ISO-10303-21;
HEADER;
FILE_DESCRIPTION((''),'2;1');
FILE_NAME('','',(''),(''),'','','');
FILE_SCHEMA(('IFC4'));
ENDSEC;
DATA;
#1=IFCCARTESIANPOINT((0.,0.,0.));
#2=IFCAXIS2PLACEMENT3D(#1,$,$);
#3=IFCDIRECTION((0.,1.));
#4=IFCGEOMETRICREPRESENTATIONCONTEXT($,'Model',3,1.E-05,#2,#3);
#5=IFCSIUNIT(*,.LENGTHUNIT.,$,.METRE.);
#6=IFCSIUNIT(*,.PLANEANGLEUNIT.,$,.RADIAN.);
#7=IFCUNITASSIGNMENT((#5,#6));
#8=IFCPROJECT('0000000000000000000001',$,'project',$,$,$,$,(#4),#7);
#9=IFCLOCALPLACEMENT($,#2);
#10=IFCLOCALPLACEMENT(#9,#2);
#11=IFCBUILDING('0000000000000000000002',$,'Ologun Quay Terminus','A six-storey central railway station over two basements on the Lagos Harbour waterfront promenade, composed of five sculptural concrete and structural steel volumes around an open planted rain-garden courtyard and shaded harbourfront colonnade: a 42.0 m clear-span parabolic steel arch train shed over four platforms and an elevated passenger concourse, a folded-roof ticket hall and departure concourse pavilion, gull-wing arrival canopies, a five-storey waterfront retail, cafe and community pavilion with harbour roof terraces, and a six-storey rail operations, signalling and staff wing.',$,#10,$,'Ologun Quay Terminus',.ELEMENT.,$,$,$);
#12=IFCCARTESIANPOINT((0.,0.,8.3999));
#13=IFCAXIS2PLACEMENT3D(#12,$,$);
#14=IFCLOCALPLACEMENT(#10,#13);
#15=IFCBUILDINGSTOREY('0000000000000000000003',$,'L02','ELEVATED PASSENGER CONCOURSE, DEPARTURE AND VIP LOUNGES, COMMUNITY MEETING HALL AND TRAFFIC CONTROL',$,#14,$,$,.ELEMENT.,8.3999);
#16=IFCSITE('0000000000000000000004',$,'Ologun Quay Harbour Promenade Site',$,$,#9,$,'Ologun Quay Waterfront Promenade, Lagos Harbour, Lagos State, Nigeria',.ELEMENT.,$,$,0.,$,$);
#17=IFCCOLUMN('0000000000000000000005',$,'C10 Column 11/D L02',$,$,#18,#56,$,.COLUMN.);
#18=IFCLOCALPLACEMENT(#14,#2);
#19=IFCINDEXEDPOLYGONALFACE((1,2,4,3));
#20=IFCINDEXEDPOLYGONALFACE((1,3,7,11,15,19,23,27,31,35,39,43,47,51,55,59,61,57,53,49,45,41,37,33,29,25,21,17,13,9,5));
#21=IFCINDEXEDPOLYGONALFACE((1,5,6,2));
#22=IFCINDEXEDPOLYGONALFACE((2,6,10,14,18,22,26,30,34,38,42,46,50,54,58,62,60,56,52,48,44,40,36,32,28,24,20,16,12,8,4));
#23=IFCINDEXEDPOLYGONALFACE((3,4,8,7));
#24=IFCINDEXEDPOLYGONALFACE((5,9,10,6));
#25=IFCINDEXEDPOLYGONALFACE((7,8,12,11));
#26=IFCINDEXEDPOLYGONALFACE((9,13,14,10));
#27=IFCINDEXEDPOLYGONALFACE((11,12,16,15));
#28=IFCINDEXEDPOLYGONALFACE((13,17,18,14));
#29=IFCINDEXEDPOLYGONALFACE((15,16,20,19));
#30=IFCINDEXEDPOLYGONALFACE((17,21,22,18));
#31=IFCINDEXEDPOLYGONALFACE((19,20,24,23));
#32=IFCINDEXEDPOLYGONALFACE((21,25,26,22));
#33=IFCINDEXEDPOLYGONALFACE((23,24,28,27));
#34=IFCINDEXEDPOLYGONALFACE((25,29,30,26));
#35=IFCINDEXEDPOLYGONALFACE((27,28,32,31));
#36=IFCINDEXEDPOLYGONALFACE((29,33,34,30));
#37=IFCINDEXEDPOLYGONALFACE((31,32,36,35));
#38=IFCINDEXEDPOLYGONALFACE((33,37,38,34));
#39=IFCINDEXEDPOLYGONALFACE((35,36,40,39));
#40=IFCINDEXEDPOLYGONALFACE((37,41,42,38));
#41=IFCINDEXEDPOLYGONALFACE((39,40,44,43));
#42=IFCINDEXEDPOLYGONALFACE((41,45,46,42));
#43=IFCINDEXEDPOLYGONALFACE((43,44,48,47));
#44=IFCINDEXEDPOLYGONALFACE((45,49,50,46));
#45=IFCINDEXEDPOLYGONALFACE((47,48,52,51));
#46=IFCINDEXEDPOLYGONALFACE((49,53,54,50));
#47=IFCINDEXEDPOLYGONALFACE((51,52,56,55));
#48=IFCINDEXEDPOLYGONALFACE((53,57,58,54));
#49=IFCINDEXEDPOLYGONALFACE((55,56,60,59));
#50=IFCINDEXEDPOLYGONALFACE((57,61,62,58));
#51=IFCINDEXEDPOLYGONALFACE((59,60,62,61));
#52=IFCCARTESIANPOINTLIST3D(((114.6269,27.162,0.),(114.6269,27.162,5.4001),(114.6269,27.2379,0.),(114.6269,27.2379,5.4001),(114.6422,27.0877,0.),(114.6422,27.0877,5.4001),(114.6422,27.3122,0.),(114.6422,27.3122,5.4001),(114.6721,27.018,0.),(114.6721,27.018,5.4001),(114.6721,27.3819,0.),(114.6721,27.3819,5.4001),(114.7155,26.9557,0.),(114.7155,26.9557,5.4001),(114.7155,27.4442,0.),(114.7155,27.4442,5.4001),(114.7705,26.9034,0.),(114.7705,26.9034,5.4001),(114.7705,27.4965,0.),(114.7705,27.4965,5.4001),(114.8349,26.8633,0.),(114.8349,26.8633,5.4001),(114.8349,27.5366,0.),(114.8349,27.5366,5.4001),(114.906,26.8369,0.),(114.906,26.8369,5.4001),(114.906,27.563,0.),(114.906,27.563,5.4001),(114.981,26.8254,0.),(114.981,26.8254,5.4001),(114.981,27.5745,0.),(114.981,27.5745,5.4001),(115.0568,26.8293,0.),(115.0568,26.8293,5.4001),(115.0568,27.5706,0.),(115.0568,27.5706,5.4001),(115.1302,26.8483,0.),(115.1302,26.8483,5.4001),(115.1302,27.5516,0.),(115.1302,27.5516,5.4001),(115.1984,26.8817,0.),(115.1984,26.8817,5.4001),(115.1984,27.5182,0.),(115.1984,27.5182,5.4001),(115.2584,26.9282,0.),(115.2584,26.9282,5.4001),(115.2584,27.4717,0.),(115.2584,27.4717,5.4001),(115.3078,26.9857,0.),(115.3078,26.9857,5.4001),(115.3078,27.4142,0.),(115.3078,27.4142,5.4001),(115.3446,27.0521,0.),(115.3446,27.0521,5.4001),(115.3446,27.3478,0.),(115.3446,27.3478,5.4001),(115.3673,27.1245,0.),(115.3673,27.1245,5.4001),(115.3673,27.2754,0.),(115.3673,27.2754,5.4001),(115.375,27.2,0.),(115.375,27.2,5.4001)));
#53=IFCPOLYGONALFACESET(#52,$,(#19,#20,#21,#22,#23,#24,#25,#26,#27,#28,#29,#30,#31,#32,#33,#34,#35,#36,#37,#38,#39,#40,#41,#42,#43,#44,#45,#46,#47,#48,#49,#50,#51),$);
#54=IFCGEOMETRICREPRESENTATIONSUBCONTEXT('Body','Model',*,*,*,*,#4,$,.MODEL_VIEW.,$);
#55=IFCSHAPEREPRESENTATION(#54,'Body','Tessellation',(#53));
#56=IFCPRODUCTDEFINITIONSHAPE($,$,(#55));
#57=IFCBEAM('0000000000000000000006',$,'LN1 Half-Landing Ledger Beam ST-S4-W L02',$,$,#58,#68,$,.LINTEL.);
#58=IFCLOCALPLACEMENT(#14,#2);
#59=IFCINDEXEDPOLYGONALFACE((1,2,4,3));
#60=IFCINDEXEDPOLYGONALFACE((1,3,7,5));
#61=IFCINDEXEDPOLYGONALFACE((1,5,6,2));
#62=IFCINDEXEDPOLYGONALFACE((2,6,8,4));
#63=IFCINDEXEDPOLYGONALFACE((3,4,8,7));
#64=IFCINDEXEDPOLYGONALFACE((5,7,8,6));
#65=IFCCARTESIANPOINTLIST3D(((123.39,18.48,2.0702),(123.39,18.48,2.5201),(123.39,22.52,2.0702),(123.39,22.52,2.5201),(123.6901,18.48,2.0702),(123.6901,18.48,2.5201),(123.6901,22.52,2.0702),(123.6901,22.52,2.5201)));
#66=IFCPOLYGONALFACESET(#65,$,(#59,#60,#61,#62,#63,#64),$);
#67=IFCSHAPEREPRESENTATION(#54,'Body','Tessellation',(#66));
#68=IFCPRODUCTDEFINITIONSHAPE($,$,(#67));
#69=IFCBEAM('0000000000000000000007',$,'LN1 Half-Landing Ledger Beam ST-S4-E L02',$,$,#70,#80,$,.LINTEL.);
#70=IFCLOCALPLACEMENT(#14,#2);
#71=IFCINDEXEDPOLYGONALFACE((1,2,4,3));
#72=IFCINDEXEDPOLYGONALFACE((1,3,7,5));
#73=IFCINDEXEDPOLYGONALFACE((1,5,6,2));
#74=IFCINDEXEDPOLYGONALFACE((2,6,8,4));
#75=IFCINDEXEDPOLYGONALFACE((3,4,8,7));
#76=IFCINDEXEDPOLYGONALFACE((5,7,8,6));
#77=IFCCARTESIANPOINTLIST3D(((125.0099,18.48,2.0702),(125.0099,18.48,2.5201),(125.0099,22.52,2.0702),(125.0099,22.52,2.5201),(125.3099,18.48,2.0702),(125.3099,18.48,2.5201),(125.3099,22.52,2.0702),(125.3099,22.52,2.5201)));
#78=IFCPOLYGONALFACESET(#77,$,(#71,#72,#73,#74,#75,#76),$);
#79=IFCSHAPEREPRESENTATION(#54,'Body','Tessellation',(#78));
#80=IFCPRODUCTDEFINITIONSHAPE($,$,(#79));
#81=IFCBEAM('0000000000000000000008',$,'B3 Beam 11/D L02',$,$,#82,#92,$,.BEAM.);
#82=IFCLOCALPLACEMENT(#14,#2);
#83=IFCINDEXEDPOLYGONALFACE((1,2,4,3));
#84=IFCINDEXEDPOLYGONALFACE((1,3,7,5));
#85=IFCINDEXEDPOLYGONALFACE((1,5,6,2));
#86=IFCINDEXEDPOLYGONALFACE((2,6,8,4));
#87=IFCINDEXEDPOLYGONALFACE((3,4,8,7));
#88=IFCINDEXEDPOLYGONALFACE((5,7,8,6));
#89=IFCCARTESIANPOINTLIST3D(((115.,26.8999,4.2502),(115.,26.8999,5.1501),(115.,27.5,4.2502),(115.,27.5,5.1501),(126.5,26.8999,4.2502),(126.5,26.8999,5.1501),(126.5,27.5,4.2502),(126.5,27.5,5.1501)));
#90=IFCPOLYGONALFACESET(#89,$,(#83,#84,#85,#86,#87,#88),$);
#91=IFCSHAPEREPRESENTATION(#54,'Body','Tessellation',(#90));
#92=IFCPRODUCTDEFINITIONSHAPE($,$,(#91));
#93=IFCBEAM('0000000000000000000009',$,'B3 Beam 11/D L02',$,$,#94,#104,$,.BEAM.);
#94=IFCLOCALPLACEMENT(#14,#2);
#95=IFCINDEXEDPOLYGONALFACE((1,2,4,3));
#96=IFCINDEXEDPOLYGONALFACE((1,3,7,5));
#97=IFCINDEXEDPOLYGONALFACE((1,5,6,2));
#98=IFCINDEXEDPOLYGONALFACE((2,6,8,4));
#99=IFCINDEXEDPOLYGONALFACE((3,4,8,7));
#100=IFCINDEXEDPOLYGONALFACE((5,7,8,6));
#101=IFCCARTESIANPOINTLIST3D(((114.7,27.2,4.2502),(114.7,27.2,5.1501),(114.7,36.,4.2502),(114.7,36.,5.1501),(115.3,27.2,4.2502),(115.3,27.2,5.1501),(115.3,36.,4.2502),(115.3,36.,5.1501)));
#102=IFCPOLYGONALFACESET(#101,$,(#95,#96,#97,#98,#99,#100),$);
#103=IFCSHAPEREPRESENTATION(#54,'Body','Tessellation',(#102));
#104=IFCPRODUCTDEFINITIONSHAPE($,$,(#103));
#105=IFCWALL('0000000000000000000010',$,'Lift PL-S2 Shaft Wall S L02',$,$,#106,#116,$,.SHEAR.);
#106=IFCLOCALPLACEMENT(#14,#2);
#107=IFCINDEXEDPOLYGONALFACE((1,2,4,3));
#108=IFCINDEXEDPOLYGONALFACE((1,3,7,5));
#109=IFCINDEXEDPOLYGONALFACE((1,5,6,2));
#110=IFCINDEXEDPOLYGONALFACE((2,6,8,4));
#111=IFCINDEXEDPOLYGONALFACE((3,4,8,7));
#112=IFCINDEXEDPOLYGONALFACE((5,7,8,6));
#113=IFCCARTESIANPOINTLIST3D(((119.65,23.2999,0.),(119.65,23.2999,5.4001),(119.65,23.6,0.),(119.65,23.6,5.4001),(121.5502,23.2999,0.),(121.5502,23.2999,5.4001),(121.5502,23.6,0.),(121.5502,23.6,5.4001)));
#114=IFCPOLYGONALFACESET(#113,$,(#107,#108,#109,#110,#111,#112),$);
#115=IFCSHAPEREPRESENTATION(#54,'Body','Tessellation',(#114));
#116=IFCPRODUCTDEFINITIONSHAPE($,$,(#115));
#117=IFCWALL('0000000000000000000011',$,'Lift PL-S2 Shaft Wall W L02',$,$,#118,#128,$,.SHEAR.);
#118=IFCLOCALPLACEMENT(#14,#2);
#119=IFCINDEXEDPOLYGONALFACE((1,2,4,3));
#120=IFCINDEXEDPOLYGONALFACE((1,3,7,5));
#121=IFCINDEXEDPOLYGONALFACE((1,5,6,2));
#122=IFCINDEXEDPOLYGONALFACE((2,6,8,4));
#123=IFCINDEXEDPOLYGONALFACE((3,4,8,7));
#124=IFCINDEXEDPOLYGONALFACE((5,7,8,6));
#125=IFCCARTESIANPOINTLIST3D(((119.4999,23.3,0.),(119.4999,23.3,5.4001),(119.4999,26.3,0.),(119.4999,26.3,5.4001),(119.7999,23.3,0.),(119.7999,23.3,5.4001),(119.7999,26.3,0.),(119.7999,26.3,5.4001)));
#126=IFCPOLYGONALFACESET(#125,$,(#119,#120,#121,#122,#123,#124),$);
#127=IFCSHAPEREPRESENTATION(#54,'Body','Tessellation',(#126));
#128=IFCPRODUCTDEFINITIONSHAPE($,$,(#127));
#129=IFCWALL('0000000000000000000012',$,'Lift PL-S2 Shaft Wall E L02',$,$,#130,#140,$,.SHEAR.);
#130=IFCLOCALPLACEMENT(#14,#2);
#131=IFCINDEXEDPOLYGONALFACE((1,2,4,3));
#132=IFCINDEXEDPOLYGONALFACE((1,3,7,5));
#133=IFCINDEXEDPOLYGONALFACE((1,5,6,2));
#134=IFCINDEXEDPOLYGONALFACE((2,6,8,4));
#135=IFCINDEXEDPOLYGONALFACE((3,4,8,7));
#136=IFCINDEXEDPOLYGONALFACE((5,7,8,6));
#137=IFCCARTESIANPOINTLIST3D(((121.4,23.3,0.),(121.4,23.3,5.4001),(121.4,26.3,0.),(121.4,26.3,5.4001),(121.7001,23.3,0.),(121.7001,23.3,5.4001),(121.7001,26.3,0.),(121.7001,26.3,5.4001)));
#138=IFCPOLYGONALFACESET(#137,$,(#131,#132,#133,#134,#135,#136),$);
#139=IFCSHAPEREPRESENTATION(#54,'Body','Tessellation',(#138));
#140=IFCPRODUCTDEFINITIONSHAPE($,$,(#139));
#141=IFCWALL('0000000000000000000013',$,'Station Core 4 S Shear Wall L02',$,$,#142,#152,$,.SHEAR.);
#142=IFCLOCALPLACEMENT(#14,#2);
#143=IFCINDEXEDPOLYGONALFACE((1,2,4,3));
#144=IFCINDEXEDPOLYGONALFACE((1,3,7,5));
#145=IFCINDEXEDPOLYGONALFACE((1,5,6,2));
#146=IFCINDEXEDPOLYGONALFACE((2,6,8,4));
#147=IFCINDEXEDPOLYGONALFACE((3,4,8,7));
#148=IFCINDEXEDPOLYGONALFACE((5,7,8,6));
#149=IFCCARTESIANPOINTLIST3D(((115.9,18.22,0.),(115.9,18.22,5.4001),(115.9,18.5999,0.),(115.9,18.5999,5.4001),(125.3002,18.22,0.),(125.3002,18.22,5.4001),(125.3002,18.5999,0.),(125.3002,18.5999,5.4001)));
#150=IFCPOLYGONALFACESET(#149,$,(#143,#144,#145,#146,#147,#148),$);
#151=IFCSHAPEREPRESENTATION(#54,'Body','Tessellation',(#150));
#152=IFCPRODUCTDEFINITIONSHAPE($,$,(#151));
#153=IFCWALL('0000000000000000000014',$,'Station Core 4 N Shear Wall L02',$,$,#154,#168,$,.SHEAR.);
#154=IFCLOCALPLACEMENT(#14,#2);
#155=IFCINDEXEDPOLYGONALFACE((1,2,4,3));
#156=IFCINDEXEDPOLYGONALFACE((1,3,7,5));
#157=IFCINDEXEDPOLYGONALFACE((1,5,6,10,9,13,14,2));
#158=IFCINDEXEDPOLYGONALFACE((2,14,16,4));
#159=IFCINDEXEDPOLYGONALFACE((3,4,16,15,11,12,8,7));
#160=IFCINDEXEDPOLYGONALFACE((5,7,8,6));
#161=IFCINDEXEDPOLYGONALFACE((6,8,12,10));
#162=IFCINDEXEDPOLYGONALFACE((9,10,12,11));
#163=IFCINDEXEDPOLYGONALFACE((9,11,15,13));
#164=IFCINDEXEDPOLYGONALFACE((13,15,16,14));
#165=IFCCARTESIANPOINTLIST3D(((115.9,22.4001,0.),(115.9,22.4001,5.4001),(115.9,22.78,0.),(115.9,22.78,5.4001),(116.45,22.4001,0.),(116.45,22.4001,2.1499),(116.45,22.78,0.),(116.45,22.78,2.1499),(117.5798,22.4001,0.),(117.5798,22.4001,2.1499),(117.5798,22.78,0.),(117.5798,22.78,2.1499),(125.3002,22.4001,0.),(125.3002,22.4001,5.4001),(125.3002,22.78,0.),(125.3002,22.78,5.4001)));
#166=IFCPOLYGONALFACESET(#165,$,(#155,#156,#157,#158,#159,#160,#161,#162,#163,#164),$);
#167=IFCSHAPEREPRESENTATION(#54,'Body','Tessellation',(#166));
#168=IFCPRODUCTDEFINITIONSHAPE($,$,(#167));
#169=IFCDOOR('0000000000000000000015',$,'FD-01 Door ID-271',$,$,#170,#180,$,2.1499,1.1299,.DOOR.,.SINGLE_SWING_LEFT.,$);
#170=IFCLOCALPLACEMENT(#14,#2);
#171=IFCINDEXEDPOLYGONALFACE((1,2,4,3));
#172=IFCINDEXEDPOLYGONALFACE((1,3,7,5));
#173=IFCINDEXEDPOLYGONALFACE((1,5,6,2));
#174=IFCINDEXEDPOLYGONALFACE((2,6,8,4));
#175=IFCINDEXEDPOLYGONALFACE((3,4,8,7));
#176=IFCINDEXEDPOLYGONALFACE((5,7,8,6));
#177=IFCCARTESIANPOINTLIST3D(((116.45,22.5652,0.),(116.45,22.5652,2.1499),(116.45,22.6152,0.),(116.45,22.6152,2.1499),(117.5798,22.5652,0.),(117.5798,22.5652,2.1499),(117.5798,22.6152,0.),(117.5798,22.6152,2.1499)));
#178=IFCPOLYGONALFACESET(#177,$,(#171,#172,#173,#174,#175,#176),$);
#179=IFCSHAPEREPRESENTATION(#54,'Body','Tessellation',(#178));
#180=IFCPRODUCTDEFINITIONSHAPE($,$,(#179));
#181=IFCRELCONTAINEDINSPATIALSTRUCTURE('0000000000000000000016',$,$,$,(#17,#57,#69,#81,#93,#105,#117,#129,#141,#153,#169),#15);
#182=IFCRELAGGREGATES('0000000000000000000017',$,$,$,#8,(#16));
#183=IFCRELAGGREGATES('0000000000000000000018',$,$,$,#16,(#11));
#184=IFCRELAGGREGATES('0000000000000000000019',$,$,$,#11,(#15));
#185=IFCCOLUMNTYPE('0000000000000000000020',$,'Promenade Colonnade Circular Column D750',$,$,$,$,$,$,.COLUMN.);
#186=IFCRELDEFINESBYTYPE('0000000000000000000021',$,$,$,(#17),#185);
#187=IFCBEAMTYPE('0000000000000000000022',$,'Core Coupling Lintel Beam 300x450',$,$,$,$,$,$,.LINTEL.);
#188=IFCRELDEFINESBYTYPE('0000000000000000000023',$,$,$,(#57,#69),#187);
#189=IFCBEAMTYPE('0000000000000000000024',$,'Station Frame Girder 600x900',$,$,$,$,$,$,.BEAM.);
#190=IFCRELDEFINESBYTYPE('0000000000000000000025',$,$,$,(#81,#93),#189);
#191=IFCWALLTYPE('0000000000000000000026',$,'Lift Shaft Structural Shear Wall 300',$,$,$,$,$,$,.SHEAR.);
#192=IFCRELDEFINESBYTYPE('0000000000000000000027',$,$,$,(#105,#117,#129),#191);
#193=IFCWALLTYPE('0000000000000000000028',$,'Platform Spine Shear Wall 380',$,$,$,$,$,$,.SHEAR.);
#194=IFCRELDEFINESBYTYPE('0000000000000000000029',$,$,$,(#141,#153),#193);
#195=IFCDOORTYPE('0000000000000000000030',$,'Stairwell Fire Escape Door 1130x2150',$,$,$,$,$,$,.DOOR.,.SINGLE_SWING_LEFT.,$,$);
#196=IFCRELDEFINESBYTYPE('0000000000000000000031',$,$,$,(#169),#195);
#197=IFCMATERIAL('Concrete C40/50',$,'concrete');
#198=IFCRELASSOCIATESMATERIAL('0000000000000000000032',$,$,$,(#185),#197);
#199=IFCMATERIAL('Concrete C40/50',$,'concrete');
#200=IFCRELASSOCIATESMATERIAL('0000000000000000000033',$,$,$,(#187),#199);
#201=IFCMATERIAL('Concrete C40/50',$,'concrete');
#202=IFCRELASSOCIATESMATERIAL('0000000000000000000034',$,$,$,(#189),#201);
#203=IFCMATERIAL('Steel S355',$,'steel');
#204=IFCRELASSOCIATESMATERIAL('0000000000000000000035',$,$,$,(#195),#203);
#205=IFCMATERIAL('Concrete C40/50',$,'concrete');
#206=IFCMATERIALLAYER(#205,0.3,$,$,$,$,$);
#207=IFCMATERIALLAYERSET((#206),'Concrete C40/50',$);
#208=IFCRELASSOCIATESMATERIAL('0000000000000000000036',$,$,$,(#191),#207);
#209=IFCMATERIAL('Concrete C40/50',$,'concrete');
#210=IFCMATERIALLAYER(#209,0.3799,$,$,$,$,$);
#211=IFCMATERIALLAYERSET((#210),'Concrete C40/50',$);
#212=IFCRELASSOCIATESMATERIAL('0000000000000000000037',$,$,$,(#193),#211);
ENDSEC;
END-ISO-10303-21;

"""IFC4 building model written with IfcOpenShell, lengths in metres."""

from ifc_helpers import new_model, si_unit, direction, frame, frame_2d, origin, origin_2d, place, context, subcontext, project, spatial, rectangle, circle, extrude, material, layer, layer_set, material_profile, profile_set, type_object, element, fill, save


model = new_model("IFC4")

# Units and contexts
model_context = context("Model", 3, precision=1e-05, world=origin(), true_north=direction((0.0, 1.0)))
body_context = subcontext(model_context, "Body", "Model", "MODEL_VIEW")
ifc_project = project(units=[si_unit("LENGTHUNIT", "METRE"), si_unit("PLANEANGLEUNIT", "RADIAN")], contexts=[model_context])

# Site, building, storey
site_placement = place(None, origin())
site = spatial("IfcSite", under=ifc_project, at=site_placement, Name="Ologun Quay Harbour Promenade Site", LongName="Ologun Quay Waterfront Promenade, Lagos Harbour, Lagos State, Nigeria", CompositionType="ELEMENT", RefElevation=0.0)
building_placement = place(site_placement, origin())
building = spatial("IfcBuilding", under=site, at=building_placement, Name="Ologun Quay Terminus", Description="A six-storey central railway station over two basements on the Lagos Harbour waterfront promenade, composed of five sculptural concrete and structural steel volumes around an open planted rain-garden courtyard and shaded harbourfront colonnade: a 42.0 m clear-span parabolic steel arch train shed over four platforms and an elevated passenger concourse, a folded-roof ticket hall and departure concourse pavilion, gull-wing arrival canopies, a five-storey waterfront retail, cafe and community pavilion with harbour roof terraces, and a six-storey rail operations, signalling and staff wing.", LongName="Ologun Quay Terminus", CompositionType="ELEMENT")
storey_placement = place(building_placement, frame((0.0, 0.0, 8.3999)))
storey = spatial("IfcBuildingStorey", under=building, at=storey_placement, Name="L02", Description="ELEVATED PASSENGER CONCOURSE, DEPARTURE AND VIP LOUNGES, COMMUNITY MEETING HALL AND TRAFFIC CONTROL", CompositionType="ELEMENT", Elevation=8.3999)

# Column
ifc_material_1 = material(Name="Concrete C40/50", Category="concrete")
ifc_material_profile_1 = material_profile(ifc_material_1, circle(Radius=0.375, at=origin_2d()), Name="RC D750")
ifc_profile_set_1 = profile_set([ifc_material_profile_1], Name="Concrete C40/50")
column_type = type_object("IfcColumnType", Name="Promenade Colonnade Circular Column D750", PredefinedType="COLUMN", material=ifc_profile_set_1)
column_placement = place(storey_placement, frame((115.0, 27.2, 0.0), z_axis=(0.0, 0.0, 1.0), x_axis=(1.0, 0.0, 0.0)))
element("IfcColumn", 1, at=column_placement, inside=storey, type_object=column_type, Name="C10 Column 11/D L02", PredefinedType="COLUMN", context=body_context, shape_type="SweptSolid", body=[
    extrude(circle(Radius=0.375, at=origin_2d()), origin(), (0.0, 0.0, 1.0), 5.4001),
])

# Beams
ifc_material_2 = material(Name="Concrete C40/50", Category="concrete")
ifc_material_profile_2 = material_profile(ifc_material_2, rectangle(XDim=0.3, YDim=0.45, at=origin_2d()), Name="RC 300x450")
ifc_profile_set_2 = profile_set([ifc_material_profile_2], Name="Concrete C40/50")
beam_type_1 = type_object("IfcBeamType", Name="Core Coupling Lintel Beam 300x450", PredefinedType="LINTEL", material=ifc_profile_set_2)
for number, where, z_axis, x_axis, name in (
    (2, (123.54, 18.48, 2.2952), (0.0, 1.0, 0.0), (-1.0, 0.0, 0.0), "LN1 Half-Landing Ledger Beam ST-S4-W L02"),
    (3, (125.1599, 18.48, 2.2952), (0.0, 1.0, 0.0), (-1.0, 0.0, 0.0), "LN1 Half-Landing Ledger Beam ST-S4-E L02"),
):
    element("IfcBeam", number, at=place(storey_placement, frame(where, z_axis=z_axis, x_axis=x_axis)), inside=storey, type_object=beam_type_1, Name=name, PredefinedType="LINTEL", context=body_context, shape_type="SweptSolid", body=[
        extrude(rectangle(XDim=0.3, YDim=0.45, at=origin_2d()), origin(), (0.0, 0.0, 1.0), 4.04),
    ])
ifc_material_3 = material(Name="Concrete C40/50", Category="concrete")
ifc_material_profile_3 = material_profile(ifc_material_3, rectangle(XDim=0.6001, YDim=0.8999, at=origin_2d()), Name="RC 600x900")
ifc_profile_set_3 = profile_set([ifc_material_profile_3], Name="Concrete C40/50")
beam_type_2 = type_object("IfcBeamType", Name="Station Frame Girder 600x900", PredefinedType="BEAM", material=ifc_profile_set_3)
beam_1_placement = place(storey_placement, frame((115.0, 27.2, 4.7002), z_axis=(1.0, 0.0, 0.0), x_axis=(0.0, 1.0, 0.0)))
element("IfcBeam", 4, at=beam_1_placement, inside=storey, type_object=beam_type_2, Name="B3 Beam 11/D L02", PredefinedType="BEAM", context=body_context, shape_type="SweptSolid", body=[
    extrude(rectangle(XDim=0.6001, YDim=0.8999, at=origin_2d()), origin(), (0.0, 0.0, 1.0), 11.5),
])
beam_2_placement = place(storey_placement, frame((115.0, 27.2, 4.7002), z_axis=(0.0, 1.0, 0.0), x_axis=(-1.0, 0.0, 0.0)))
element("IfcBeam", 5, at=beam_2_placement, inside=storey, type_object=beam_type_2, Name="B3 Beam 11/D L02", PredefinedType="BEAM", context=body_context, shape_type="SweptSolid", body=[
    extrude(rectangle(XDim=0.6001, YDim=0.8999, at=origin_2d()), origin(), (0.0, 0.0, 1.0), 8.8),
])

# Shared definitions
ifc_material_4 = material(Name="Steel S355", Category="steel")
door_type_1 = type_object("IfcDoorType", Name="Stairwell Fire Escape Door 1130x2150", OperationType="SINGLE_SWING_LEFT", PredefinedType="DOOR", material=ifc_material_4)

# Wall
ifc_material_5 = material(Name="Concrete C40/50", Category="concrete")
ifc_layer_1 = layer(ifc_material_5, 0.3)
ifc_layer_set_1 = layer_set([ifc_layer_1], Name="Concrete C40/50")
wall_type_1 = type_object("IfcWallType", Name="Lift Shaft Structural Shear Wall 300", PredefinedType="SHEAR", material=ifc_layer_set_1)
wall_1_placement = place(storey_placement, frame((119.6499, 23.45, 0.0), z_axis=(0.0, 0.0, 1.0), x_axis=(1.0, 0.0, 0.0)))
element("IfcWall", 6, at=wall_1_placement, inside=storey, type_object=wall_type_1, Name="Lift PL-S2 Shaft Wall S L02", PredefinedType="SHEAR", context=body_context, shape_type="SweptSolid", body=[
    extrude(rectangle(XDim=1.9001, YDim=0.3, at=frame_2d((0.9502, 0.0))), origin(), (0.0, 0.0, 1.0), 5.4001),
])

# Walls
for number, where, z_axis, x_axis, name in (
    (7, (119.6499, 23.3, 0.0), (0.0, 0.0, 1.0), (0.0, 1.0, 0.0), "Lift PL-S2 Shaft Wall W L02"),
    (8, (121.55, 23.3, 0.0), (0.0, 0.0, 1.0), (0.0, 1.0, 0.0), "Lift PL-S2 Shaft Wall E L02"),
):
    element("IfcWall", number, at=place(storey_placement, frame(where, z_axis=z_axis, x_axis=x_axis)), inside=storey, type_object=wall_type_1, Name=name, PredefinedType="SHEAR", context=body_context, shape_type="SweptSolid", body=[
        extrude(rectangle(XDim=3.0, YDim=0.3, at=frame_2d((1.5, 0.0))), origin(), (0.0, 0.0, 1.0), 5.4001),
    ])
ifc_material_6 = material(Name="Concrete C40/50", Category="concrete")
ifc_layer_2 = layer(ifc_material_6, 0.3799)
ifc_layer_set_2 = layer_set([ifc_layer_2], Name="Concrete C40/50")
wall_type_2 = type_object("IfcWallType", Name="Platform Spine Shear Wall 380", PredefinedType="SHEAR", material=ifc_layer_set_2)
wall_2_placement = place(storey_placement, frame((115.8999, 18.4099, 0.0), z_axis=(0.0, 0.0, 1.0), x_axis=(1.0, 0.0, 0.0)))
element("IfcWall", 9, at=wall_2_placement, inside=storey, type_object=wall_type_2, Name="Station Core 4 S Shear Wall L02", PredefinedType="SHEAR", context=body_context, shape_type="SweptSolid", body=[
    extrude(rectangle(XDim=9.4001, YDim=0.3799, at=frame_2d((4.7002, 0.0))), origin(), (0.0, 0.0, 1.0), 5.4001),
])

# Wall, opening, door
wall_3_placement = place(storey_placement, frame((115.8999, 22.5901, 0.0), z_axis=(0.0, 0.0, 1.0), x_axis=(1.0, 0.0, 0.0)))
wall_3 = element("IfcWall", 10, at=wall_3_placement, inside=storey, type_object=wall_type_2, Name="Station Core 4 N Shear Wall L02", PredefinedType="SHEAR", context=body_context, shape_type="SweptSolid", body=[
    extrude(rectangle(XDim=9.4001, YDim=0.3799, at=frame_2d((4.7002, 0.0))), origin(), (0.0, 0.0, 1.0), 5.4001),
])
opening_1_placement = place(wall_3_placement, frame((0.55, 0.0, 0.0)))
opening_1 = element("IfcOpeningElement", 11, at=opening_1_placement, cuts=wall_3, PredefinedType="OPENING", context=body_context, shape_type="SweptSolid", body=[
    extrude(rectangle(XDim=1.1299, YDim=2.1499, at=frame_2d((0.5649, 1.075))), frame((0.0, 0.2, 0.0), z_axis=(0.0, -1.0, 0.0), x_axis=(1.0, 0.0, 0.0)), (0.0, 0.0, 1.0), 0.3999),
])
door_1_placement = place(opening_1_placement, frame((0.5649, 0.0, 0.0), z_axis=(0.0, 0.0, 1.0), x_axis=(-1.0, 0.0, 0.0)))
door_1 = element("IfcDoor", 12, at=door_1_placement, inside=storey, type_object=door_type_1, Name="FD-01 Door ID-271", OperationType="SINGLE_SWING_LEFT", OverallHeight=2.1499, OverallWidth=1.1299, PredefinedType="DOOR", context=body_context, shape_type="SweptSolid", body=[
    extrude(rectangle(XDim=1.1299, YDim=2.1499, at=frame_2d((0.0, 1.075))), frame((0.0, 0.0249, 0.0), z_axis=(0.0, -1.0, 0.0), x_axis=(1.0, 0.0, 0.0)), (0.0, 0.0, 1.0), 0.05),
])
fill(opening_1, door_1)

save(model, "model.ifc")
